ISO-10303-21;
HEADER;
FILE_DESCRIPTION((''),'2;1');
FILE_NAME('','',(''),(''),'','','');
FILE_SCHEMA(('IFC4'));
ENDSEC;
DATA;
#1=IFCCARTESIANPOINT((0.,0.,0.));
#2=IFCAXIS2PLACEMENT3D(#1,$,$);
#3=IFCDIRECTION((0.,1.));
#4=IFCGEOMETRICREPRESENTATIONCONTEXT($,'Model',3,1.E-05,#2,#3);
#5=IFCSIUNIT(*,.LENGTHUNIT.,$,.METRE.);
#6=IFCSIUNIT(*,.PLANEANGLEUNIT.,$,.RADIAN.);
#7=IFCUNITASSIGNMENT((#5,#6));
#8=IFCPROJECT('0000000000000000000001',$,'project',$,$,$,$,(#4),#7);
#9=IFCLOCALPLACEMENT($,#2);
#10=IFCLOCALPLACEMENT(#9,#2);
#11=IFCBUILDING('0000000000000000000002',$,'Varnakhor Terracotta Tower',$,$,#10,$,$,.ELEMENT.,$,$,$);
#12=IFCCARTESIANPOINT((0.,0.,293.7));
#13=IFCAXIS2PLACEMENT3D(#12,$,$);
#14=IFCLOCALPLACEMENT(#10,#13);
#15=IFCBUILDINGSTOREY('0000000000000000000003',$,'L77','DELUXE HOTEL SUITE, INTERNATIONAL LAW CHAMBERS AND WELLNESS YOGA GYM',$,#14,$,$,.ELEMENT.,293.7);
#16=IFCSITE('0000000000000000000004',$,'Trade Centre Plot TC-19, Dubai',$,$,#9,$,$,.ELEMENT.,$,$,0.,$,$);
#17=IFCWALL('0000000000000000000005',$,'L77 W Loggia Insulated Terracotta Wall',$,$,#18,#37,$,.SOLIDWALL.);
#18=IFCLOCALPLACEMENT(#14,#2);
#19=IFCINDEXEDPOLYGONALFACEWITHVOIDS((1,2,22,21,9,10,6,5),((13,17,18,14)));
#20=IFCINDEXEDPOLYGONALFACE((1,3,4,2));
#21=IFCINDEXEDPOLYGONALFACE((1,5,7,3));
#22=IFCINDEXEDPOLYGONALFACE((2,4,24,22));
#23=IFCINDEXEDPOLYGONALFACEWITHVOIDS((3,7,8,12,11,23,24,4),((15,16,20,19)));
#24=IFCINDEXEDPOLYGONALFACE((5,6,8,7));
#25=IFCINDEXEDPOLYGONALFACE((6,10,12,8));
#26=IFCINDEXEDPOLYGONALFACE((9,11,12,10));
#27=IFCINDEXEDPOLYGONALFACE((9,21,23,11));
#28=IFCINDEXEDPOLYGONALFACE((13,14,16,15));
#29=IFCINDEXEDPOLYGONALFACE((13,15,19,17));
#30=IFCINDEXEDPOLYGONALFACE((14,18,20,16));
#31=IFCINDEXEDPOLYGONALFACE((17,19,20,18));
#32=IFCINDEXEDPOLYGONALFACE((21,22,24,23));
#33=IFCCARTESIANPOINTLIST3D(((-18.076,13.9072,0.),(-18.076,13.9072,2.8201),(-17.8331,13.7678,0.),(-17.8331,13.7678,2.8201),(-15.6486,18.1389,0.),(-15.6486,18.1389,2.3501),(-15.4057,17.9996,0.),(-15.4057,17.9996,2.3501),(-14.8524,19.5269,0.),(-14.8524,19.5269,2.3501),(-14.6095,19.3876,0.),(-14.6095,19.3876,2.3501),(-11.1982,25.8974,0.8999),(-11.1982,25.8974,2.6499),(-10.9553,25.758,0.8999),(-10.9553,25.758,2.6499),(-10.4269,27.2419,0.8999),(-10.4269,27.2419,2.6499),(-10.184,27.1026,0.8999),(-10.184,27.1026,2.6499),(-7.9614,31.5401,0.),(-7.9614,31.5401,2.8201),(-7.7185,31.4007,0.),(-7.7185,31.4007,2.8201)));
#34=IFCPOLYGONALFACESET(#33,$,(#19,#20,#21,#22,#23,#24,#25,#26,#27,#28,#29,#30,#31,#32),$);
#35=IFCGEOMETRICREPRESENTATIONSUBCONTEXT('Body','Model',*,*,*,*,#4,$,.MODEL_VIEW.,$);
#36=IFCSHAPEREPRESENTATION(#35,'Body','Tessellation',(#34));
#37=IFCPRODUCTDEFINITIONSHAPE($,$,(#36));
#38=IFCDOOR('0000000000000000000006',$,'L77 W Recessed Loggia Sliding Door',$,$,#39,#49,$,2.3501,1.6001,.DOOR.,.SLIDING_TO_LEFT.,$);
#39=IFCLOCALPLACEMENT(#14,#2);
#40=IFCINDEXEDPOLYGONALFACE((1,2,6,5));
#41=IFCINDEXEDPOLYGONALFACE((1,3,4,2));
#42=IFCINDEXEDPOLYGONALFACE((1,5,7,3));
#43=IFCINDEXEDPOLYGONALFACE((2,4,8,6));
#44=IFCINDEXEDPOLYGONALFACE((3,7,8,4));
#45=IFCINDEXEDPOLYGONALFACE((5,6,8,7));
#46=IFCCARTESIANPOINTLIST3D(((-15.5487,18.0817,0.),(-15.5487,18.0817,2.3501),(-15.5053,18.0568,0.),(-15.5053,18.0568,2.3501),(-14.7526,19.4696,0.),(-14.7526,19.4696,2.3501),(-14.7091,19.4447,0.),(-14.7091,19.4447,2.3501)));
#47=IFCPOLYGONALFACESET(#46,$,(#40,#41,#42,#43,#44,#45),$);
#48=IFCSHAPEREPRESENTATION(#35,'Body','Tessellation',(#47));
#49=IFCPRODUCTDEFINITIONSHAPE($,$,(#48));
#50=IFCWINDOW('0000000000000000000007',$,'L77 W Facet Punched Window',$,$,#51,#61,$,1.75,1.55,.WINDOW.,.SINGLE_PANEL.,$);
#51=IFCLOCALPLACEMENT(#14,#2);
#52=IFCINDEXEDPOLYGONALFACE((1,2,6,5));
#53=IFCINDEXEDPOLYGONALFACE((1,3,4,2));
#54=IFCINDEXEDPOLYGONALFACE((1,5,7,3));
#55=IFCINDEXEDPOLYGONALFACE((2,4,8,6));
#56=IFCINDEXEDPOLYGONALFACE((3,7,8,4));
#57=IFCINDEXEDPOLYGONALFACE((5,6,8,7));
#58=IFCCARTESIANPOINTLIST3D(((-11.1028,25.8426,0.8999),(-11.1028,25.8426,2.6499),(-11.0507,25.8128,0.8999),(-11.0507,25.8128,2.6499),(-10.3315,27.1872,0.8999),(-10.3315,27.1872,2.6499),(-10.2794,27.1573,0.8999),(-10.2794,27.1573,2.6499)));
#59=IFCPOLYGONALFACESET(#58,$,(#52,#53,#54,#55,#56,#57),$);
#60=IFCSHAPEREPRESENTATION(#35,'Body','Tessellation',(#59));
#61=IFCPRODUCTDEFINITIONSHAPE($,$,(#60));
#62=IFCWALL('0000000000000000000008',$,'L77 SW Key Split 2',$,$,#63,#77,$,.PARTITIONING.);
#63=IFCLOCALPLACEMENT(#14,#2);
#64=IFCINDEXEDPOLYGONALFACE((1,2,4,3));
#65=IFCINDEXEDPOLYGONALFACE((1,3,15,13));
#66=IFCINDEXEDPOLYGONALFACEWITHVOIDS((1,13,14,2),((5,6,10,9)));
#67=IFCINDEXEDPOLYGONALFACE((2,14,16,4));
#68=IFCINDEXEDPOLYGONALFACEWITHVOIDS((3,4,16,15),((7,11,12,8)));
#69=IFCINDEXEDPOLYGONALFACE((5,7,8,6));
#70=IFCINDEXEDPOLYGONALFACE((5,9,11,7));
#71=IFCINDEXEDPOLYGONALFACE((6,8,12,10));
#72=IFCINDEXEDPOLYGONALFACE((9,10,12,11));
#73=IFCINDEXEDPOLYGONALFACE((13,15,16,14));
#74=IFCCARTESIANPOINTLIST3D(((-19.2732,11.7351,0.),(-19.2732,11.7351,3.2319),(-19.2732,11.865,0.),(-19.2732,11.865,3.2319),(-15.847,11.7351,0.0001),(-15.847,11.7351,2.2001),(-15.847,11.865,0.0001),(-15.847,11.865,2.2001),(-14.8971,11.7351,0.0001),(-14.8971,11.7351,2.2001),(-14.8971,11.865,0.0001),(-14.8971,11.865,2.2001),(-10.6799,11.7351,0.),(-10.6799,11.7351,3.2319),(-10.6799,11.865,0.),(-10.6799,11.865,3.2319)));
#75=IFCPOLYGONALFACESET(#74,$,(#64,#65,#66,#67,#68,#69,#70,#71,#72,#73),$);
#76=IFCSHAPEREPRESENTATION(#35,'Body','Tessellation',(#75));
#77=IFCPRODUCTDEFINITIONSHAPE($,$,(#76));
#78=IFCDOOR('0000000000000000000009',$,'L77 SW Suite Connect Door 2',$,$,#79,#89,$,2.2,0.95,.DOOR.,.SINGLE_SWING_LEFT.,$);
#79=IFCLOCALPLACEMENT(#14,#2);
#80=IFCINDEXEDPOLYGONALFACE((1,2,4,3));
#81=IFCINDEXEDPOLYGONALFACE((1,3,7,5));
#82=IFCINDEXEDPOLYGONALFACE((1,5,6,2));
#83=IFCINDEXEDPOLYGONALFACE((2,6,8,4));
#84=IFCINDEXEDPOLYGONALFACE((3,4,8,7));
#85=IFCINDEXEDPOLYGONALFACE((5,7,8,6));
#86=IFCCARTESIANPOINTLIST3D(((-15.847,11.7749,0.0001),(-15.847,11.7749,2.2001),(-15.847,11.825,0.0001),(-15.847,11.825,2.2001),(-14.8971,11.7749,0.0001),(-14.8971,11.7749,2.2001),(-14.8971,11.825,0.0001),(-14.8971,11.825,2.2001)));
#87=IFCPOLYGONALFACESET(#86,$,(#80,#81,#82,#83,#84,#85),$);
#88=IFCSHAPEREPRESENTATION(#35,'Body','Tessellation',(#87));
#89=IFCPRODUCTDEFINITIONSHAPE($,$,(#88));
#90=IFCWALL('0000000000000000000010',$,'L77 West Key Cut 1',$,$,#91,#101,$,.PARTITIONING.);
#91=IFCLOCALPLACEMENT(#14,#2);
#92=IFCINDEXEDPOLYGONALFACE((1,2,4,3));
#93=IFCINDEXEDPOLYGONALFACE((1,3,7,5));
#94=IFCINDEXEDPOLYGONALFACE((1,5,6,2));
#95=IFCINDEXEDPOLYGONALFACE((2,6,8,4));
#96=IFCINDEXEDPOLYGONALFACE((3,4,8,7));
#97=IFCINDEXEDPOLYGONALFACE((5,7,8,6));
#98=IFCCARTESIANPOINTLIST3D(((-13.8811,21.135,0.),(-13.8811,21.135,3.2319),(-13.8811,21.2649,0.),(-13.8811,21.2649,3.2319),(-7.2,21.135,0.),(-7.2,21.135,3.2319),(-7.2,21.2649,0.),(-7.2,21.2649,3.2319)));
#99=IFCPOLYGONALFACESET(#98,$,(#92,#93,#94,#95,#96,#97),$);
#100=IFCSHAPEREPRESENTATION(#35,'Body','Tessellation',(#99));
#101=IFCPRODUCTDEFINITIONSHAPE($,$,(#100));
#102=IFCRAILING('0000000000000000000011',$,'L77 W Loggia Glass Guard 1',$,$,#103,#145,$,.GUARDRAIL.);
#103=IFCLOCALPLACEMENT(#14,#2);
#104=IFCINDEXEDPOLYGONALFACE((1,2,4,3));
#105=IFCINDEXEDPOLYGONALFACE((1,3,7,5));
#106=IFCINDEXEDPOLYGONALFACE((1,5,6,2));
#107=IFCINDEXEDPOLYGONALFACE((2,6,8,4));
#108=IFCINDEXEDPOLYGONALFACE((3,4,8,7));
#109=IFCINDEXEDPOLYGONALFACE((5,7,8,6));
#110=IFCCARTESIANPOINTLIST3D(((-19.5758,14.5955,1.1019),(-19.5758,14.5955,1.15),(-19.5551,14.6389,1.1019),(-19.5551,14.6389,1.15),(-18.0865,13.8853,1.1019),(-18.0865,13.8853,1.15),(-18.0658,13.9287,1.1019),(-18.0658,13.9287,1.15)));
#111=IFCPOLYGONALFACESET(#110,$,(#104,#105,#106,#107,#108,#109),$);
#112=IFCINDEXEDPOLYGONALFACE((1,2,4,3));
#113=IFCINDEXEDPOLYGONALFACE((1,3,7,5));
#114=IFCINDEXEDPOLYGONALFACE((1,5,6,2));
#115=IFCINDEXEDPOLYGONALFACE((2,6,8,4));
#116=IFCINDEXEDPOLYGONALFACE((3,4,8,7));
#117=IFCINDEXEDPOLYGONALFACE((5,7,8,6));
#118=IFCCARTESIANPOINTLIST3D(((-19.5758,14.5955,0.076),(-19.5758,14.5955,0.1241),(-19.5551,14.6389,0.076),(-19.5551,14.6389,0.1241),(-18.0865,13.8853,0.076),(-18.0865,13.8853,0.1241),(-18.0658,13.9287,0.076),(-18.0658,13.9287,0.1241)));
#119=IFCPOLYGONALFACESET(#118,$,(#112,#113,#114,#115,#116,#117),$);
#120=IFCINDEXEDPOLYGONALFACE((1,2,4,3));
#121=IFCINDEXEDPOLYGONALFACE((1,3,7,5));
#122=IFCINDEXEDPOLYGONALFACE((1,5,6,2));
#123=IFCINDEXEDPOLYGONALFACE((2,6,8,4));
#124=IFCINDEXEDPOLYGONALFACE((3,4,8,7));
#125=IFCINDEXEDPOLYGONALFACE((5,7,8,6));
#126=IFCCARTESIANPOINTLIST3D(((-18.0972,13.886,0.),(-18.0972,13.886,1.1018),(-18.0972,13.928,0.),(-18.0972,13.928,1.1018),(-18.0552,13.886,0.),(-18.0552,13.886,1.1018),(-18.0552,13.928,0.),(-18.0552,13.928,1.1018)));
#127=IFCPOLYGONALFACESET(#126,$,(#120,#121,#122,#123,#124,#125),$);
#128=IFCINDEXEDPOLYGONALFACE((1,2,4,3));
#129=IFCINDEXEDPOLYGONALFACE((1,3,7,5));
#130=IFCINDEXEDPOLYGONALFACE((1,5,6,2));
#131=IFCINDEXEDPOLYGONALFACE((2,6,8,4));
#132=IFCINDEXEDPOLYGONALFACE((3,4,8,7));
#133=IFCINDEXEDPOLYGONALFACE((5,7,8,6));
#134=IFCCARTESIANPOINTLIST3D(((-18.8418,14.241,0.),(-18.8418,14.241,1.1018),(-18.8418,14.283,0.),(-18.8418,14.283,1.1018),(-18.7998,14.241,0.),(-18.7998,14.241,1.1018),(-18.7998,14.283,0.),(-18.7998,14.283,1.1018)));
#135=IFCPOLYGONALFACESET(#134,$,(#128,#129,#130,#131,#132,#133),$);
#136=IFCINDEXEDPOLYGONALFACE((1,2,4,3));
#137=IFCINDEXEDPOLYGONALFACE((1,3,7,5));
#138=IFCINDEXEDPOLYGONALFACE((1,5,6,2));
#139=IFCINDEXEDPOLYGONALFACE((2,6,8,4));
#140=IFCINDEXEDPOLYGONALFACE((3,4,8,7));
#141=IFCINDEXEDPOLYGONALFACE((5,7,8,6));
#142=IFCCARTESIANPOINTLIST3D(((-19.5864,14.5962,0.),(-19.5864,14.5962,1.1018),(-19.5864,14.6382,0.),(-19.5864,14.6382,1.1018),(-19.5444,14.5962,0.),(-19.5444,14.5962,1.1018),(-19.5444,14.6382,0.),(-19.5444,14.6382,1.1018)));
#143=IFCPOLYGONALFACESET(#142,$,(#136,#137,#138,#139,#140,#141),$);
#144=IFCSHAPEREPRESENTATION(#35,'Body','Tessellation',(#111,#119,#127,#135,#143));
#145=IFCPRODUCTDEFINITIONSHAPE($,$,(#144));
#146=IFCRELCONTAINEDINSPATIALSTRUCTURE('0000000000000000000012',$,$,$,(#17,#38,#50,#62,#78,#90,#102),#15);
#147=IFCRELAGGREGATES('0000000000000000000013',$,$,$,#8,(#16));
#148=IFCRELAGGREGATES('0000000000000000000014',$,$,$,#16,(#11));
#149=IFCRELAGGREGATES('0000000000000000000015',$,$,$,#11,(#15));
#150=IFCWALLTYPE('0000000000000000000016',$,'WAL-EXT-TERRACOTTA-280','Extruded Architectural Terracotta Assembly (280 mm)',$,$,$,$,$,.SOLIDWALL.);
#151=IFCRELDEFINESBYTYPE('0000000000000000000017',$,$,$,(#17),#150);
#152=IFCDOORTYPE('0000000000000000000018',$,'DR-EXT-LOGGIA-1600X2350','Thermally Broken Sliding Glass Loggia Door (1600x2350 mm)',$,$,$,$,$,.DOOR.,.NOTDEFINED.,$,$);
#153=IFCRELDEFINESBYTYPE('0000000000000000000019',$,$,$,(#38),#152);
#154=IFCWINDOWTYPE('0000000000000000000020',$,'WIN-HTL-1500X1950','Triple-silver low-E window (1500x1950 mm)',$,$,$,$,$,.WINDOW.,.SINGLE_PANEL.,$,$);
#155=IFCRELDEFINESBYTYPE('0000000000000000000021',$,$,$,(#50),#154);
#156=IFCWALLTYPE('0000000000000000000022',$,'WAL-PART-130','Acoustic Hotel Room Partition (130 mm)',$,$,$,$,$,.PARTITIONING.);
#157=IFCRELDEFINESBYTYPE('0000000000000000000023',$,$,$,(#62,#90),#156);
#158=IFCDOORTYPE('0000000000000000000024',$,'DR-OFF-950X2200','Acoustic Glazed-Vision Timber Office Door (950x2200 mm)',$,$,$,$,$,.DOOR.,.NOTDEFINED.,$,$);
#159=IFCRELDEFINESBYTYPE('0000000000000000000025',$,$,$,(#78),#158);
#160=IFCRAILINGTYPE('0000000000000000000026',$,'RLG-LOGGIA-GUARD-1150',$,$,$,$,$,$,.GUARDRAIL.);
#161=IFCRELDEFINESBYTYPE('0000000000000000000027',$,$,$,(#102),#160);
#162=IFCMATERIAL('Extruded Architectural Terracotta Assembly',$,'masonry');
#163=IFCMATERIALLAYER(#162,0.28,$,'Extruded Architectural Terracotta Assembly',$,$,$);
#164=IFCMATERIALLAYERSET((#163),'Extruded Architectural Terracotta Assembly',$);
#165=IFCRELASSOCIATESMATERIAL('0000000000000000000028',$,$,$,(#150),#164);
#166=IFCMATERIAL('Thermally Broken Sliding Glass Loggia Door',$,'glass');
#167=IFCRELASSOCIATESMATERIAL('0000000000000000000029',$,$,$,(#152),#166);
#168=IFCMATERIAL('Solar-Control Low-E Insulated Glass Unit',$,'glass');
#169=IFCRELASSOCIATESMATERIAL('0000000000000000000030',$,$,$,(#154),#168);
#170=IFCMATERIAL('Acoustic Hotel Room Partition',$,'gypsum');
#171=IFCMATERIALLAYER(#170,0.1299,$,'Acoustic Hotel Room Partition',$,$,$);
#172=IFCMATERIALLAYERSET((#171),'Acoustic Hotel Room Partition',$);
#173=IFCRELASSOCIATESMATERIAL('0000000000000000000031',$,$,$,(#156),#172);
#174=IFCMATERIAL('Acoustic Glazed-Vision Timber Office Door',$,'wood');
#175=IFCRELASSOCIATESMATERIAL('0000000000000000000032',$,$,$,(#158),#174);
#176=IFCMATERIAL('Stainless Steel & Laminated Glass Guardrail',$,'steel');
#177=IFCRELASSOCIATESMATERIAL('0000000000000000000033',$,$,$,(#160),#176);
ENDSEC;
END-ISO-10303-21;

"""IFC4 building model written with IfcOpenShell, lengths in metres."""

from ifc_helpers import new_model, si_unit, direction, frame, frame_2d, origin, origin_2d, place, context, subcontext, project, spatial, rectangle, extrude, source, transform, mapped, material, layer, layer_set, type_object, type_shapes, element, fill, save


model = new_model("IFC4")

# Units and contexts
model_context = context("Model", 3, precision=1e-05, world=origin(), true_north=direction((0.0, 1.0)))
body_context = subcontext(model_context, "Body", "Model", "MODEL_VIEW")
ifc_project = project(units=[si_unit("LENGTHUNIT", "METRE"), si_unit("PLANEANGLEUNIT", "RADIAN")], contexts=[model_context])

# Site, building, storey
site_placement = place(None, origin())
site = spatial("IfcSite", under=ifc_project, at=site_placement, Name="Trade Centre Plot TC-19, Dubai", CompositionType="ELEMENT", RefElevation=0.0)
building_placement = place(site_placement, origin())
building = spatial("IfcBuilding", under=site, at=building_placement, Name="Varnakhor Terracotta Tower", CompositionType="ELEMENT")
storey_placement = place(building_placement, frame((0.0, 0.0, 293.7)))
storey = spatial("IfcBuildingStorey", under=building, at=storey_placement, Name="L77", Description="DELUXE HOTEL SUITE, INTERNATIONAL LAW CHAMBERS AND WELLNESS YOGA GYM", CompositionType="ELEMENT", Elevation=293.7)

# Wall, openings, door, window
ifc_material_1 = material(Name="Extruded Architectural Terracotta Assembly", Category="masonry")
ifc_layer_1 = layer(ifc_material_1, 0.28, Name="Extruded Architectural Terracotta Assembly")
ifc_layer_set_1 = layer_set([ifc_layer_1], Name="Extruded Architectural Terracotta Assembly")
wall_type_1 = type_object("IfcWallType", Name="WAL-EXT-TERRACOTTA-280", Description="Extruded Architectural Terracotta Assembly (280 mm)", PredefinedType="SOLIDWALL", material=ifc_layer_set_1)
wall_1_placement = place(storey_placement, frame((-17.9546, 13.8374, 0.0), z_axis=(0.0, 0.0, 1.0), x_axis=(0.49757, 0.867424, 0.0)))
wall_1 = element("IfcWall", 1, at=wall_1_placement, inside=storey, type_object=wall_type_1, Name="L77 W Loggia Insulated Terracotta Wall", PredefinedType="SOLIDWALL", context=body_context, shape_type="SweptSolid", body=[
    extrude(rectangle(XDim=20.3279, YDim=0.28, at=frame_2d((10.1641, 0.0))), origin(), (0.0, 0.0, 1.0), 2.8201),
])
opening_1_placement = place(wall_1_placement, frame((4.8787, 0.0, 0.0)))
opening_1 = element("IfcOpeningElement", 2, at=opening_1_placement, cuts=wall_1, PredefinedType="OPENING", context=body_context, shape_type="SweptSolid", body=[
    extrude(rectangle(XDim=1.6001, YDim=2.3501, at=frame_2d((0.8, 1.175))), frame((0.0, 0.1499, 0.0), z_axis=(0.0, -1.0, 0.0), x_axis=(1.0, 0.0, 0.0)), (0.0, 0.0, 1.0), 0.3),
])
opening_2_placement = place(wall_1_placement, frame((13.823, 0.0, 0.8999)))
opening_2 = element("IfcOpeningElement", 3, at=opening_2_placement, cuts=wall_1, PredefinedType="OPENING", context=body_context, shape_type="SweptSolid", body=[
    extrude(rectangle(XDim=1.55, YDim=1.75, at=frame_2d((0.7749, 0.875))), frame((0.0, 0.1499, 0.0), z_axis=(0.0, -1.0, 0.0), x_axis=(1.0, 0.0, 0.0)), (0.0, 0.0, 1.0), 0.3),
])
ifc_material_2 = material(Name="Thermally Broken Sliding Glass Loggia Door", Category="glass")
door_type_1 = type_object("IfcDoorType", Name="DR-EXT-LOGGIA-1600X2350", Description="Thermally Broken Sliding Glass Loggia Door (1600x2350 mm)", OperationType="NOTDEFINED", PredefinedType="DOOR", material=ifc_material_2)
shared_shape_1 = source(origin(), body_context, "Body", "SweptSolid", [
    extrude(rectangle(XDim=1.6001, YDim=2.3501, at=frame_2d((0.8, 1.175))), frame((0.0, 0.0249, 0.0), z_axis=(0.0, -1.0, 0.0), x_axis=(1.0, 0.0, 0.0)), (0.0, 0.0, 1.0), 0.05),
])
type_shapes(door_type_1, [shared_shape_1])
door_1_placement = place(opening_1_placement, origin())
door_1 = element("IfcDoor", 4, at=door_1_placement, inside=storey, type_object=door_type_1, Name="L77 W Recessed Loggia Sliding Door", OperationType="SLIDING_TO_LEFT", OverallHeight=2.3501, OverallWidth=1.6001, PredefinedType="DOOR", context=body_context, shape_type="MappedRepresentation", body=[
    mapped(shared_shape_1, transform((0.0, 0.0, 0.0), scale=1.0)),
])
fill(opening_1, door_1)
ifc_material_3 = material(Name="Solar-Control Low-E Insulated Glass Unit", Category="glass")
window_type = type_object("IfcWindowType", Name="WIN-HTL-1500X1950", Description="Triple-silver low-E window (1500x1950 mm)", PartitioningType="SINGLE_PANEL", PredefinedType="WINDOW", material=ifc_material_3)
shared_shape_2 = source(origin(), body_context, "Body", "SweptSolid", [
    extrude(rectangle(XDim=1.55, YDim=1.75, at=frame_2d((0.7749, 0.875))), frame((0.0, 0.03, 0.0), z_axis=(0.0, -1.0, 0.0), x_axis=(1.0, 0.0, 0.0)), (0.0, 0.0, 1.0), 0.0601),
])
type_shapes(window_type, [shared_shape_2])
window_placement = place(opening_2_placement, origin())
window = element("IfcWindow", 5, at=window_placement, inside=storey, type_object=window_type, Name="L77 W Facet Punched Window", OverallHeight=1.75, OverallWidth=1.55, PartitioningType="SINGLE_PANEL", PredefinedType="WINDOW", context=body_context, shape_type="MappedRepresentation", body=[
    mapped(shared_shape_2, transform((0.0, 0.0, 0.0), scale=1.0)),
])
fill(opening_2, window)

# Wall, opening, door
ifc_material_4 = material(Name="Acoustic Hotel Room Partition", Category="gypsum")
ifc_layer_2 = layer(ifc_material_4, 0.1299, Name="Acoustic Hotel Room Partition")
ifc_layer_set_2 = layer_set([ifc_layer_2], Name="Acoustic Hotel Room Partition")
wall_type_2 = type_object("IfcWallType", Name="WAL-PART-130", Description="Acoustic Hotel Room Partition (130 mm)", PredefinedType="PARTITIONING", material=ifc_layer_set_2)
wall_2_placement = place(storey_placement, frame((-19.2732, 11.8, 0.0), z_axis=(0.0, 0.0, 1.0), x_axis=(1.0, 0.0, 0.0)))
wall_2 = element("IfcWall", 6, at=wall_2_placement, inside=storey, type_object=wall_type_2, Name="L77 SW Key Split 2", PredefinedType="PARTITIONING", context=body_context, shape_type="SweptSolid", body=[
    extrude(rectangle(XDim=8.5933, YDim=0.1299, at=frame_2d((4.2966, 0.0))), origin(), (0.0, 0.0, 1.0), 3.2319),
])
opening_3_placement = place(wall_2_placement, frame((3.426, 0.0, 0.0)))
opening_3 = element("IfcOpeningElement", 7, at=opening_3_placement, cuts=wall_2, PredefinedType="OPENING", context=body_context, shape_type="SweptSolid", body=[
    extrude(rectangle(XDim=0.95, YDim=2.2, at=frame_2d((0.4751, 1.1001))), frame((0.0, 0.075, 0.0), z_axis=(0.0, -1.0, 0.0), x_axis=(1.0, 0.0, 0.0)), (0.0, 0.0, 1.0), 0.1499),
])
ifc_material_5 = material(Name="Acoustic Glazed-Vision Timber Office Door", Category="wood")
door_type_2 = type_object("IfcDoorType", Name="DR-OFF-950X2200", Description="Acoustic Glazed-Vision Timber Office Door (950x2200 mm)", OperationType="NOTDEFINED", PredefinedType="DOOR", material=ifc_material_5)
shared_shape_3 = source(origin(), body_context, "Body", "SweptSolid", [
    extrude(rectangle(XDim=0.95, YDim=2.2, at=frame_2d((0.4751, 1.1001))), frame((0.0, 0.0249, 0.0), z_axis=(0.0, -1.0, 0.0), x_axis=(1.0, 0.0, 0.0)), (0.0, 0.0, 1.0), 0.05),
])
type_shapes(door_type_2, [shared_shape_3])
door_2_placement = place(opening_3_placement, origin())
door_2 = element("IfcDoor", 8, at=door_2_placement, inside=storey, type_object=door_type_2, Name="L77 SW Suite Connect Door 2", OperationType="SINGLE_SWING_LEFT", OverallHeight=2.2, OverallWidth=0.95, PredefinedType="DOOR", context=body_context, shape_type="MappedRepresentation", body=[
    mapped(shared_shape_3, transform((0.0, 0.0, 0.0), scale=1.0)),
])
fill(opening_3, door_2)

# Wall
wall_3_placement = place(storey_placement, frame((-13.8811, 21.2, 0.0), z_axis=(0.0, 0.0, 1.0), x_axis=(1.0, 0.0, 0.0)))
element("IfcWall", 9, at=wall_3_placement, inside=storey, type_object=wall_type_2, Name="L77 West Key Cut 1", PredefinedType="PARTITIONING", context=body_context, shape_type="SweptSolid", body=[
    extrude(rectangle(XDim=6.6812, YDim=0.1299, at=frame_2d((3.3406, 0.0))), origin(), (0.0, 0.0, 1.0), 3.2319),
])

# Railing
ifc_material_6 = material(Name="Stainless Steel & Laminated Glass Guardrail", Category="steel")
railing_type = type_object("IfcRailingType", Name="RLG-LOGGIA-GUARD-1150", PredefinedType="GUARDRAIL", material=ifc_material_6)
railing_1_placement = place(storey_placement, frame((-18.0762, 13.907, 0.0)))
element("IfcRailing", 10, at=railing_1_placement, inside=storey, type_object=railing_type, Name="L77 W Loggia Glass Guard 1", PredefinedType="GUARDRAIL", context=body_context, shape_type="SweptSolid", body=[
    extrude(rectangle(XDim=0.0481, YDim=0.0481, at=origin_2d()), frame((0.0, 0.0, 1.126), z_axis=(-0.902617, 0.430445, 0.0), x_axis=(-0.430445, -0.902617, 0.0)), (0.0, 0.0, 1.0), 1.6499),
    extrude(rectangle(XDim=0.0481, YDim=0.0481, at=origin_2d()), frame((0.0, 0.0, 0.1001), z_axis=(-0.902617, 0.430445, 0.0), x_axis=(-0.430445, -0.902617, 0.0)), (0.0, 0.0, 1.0), 1.6499),
    extrude(rectangle(XDim=0.042, YDim=0.042, at=origin_2d()), origin(), (0.0, 0.0, 1.0), 1.1018),
    extrude(rectangle(XDim=0.042, YDim=0.042, at=origin_2d()), frame((-0.7446, 0.355, 0.0)), (0.0, 0.0, 1.0), 1.1018),
    extrude(rectangle(XDim=0.042, YDim=0.042, at=origin_2d()), frame((-1.4893, 0.7102, 0.0)), (0.0, 0.0, 1.0), 1.1018),
])

save(model, "model.ifc")
